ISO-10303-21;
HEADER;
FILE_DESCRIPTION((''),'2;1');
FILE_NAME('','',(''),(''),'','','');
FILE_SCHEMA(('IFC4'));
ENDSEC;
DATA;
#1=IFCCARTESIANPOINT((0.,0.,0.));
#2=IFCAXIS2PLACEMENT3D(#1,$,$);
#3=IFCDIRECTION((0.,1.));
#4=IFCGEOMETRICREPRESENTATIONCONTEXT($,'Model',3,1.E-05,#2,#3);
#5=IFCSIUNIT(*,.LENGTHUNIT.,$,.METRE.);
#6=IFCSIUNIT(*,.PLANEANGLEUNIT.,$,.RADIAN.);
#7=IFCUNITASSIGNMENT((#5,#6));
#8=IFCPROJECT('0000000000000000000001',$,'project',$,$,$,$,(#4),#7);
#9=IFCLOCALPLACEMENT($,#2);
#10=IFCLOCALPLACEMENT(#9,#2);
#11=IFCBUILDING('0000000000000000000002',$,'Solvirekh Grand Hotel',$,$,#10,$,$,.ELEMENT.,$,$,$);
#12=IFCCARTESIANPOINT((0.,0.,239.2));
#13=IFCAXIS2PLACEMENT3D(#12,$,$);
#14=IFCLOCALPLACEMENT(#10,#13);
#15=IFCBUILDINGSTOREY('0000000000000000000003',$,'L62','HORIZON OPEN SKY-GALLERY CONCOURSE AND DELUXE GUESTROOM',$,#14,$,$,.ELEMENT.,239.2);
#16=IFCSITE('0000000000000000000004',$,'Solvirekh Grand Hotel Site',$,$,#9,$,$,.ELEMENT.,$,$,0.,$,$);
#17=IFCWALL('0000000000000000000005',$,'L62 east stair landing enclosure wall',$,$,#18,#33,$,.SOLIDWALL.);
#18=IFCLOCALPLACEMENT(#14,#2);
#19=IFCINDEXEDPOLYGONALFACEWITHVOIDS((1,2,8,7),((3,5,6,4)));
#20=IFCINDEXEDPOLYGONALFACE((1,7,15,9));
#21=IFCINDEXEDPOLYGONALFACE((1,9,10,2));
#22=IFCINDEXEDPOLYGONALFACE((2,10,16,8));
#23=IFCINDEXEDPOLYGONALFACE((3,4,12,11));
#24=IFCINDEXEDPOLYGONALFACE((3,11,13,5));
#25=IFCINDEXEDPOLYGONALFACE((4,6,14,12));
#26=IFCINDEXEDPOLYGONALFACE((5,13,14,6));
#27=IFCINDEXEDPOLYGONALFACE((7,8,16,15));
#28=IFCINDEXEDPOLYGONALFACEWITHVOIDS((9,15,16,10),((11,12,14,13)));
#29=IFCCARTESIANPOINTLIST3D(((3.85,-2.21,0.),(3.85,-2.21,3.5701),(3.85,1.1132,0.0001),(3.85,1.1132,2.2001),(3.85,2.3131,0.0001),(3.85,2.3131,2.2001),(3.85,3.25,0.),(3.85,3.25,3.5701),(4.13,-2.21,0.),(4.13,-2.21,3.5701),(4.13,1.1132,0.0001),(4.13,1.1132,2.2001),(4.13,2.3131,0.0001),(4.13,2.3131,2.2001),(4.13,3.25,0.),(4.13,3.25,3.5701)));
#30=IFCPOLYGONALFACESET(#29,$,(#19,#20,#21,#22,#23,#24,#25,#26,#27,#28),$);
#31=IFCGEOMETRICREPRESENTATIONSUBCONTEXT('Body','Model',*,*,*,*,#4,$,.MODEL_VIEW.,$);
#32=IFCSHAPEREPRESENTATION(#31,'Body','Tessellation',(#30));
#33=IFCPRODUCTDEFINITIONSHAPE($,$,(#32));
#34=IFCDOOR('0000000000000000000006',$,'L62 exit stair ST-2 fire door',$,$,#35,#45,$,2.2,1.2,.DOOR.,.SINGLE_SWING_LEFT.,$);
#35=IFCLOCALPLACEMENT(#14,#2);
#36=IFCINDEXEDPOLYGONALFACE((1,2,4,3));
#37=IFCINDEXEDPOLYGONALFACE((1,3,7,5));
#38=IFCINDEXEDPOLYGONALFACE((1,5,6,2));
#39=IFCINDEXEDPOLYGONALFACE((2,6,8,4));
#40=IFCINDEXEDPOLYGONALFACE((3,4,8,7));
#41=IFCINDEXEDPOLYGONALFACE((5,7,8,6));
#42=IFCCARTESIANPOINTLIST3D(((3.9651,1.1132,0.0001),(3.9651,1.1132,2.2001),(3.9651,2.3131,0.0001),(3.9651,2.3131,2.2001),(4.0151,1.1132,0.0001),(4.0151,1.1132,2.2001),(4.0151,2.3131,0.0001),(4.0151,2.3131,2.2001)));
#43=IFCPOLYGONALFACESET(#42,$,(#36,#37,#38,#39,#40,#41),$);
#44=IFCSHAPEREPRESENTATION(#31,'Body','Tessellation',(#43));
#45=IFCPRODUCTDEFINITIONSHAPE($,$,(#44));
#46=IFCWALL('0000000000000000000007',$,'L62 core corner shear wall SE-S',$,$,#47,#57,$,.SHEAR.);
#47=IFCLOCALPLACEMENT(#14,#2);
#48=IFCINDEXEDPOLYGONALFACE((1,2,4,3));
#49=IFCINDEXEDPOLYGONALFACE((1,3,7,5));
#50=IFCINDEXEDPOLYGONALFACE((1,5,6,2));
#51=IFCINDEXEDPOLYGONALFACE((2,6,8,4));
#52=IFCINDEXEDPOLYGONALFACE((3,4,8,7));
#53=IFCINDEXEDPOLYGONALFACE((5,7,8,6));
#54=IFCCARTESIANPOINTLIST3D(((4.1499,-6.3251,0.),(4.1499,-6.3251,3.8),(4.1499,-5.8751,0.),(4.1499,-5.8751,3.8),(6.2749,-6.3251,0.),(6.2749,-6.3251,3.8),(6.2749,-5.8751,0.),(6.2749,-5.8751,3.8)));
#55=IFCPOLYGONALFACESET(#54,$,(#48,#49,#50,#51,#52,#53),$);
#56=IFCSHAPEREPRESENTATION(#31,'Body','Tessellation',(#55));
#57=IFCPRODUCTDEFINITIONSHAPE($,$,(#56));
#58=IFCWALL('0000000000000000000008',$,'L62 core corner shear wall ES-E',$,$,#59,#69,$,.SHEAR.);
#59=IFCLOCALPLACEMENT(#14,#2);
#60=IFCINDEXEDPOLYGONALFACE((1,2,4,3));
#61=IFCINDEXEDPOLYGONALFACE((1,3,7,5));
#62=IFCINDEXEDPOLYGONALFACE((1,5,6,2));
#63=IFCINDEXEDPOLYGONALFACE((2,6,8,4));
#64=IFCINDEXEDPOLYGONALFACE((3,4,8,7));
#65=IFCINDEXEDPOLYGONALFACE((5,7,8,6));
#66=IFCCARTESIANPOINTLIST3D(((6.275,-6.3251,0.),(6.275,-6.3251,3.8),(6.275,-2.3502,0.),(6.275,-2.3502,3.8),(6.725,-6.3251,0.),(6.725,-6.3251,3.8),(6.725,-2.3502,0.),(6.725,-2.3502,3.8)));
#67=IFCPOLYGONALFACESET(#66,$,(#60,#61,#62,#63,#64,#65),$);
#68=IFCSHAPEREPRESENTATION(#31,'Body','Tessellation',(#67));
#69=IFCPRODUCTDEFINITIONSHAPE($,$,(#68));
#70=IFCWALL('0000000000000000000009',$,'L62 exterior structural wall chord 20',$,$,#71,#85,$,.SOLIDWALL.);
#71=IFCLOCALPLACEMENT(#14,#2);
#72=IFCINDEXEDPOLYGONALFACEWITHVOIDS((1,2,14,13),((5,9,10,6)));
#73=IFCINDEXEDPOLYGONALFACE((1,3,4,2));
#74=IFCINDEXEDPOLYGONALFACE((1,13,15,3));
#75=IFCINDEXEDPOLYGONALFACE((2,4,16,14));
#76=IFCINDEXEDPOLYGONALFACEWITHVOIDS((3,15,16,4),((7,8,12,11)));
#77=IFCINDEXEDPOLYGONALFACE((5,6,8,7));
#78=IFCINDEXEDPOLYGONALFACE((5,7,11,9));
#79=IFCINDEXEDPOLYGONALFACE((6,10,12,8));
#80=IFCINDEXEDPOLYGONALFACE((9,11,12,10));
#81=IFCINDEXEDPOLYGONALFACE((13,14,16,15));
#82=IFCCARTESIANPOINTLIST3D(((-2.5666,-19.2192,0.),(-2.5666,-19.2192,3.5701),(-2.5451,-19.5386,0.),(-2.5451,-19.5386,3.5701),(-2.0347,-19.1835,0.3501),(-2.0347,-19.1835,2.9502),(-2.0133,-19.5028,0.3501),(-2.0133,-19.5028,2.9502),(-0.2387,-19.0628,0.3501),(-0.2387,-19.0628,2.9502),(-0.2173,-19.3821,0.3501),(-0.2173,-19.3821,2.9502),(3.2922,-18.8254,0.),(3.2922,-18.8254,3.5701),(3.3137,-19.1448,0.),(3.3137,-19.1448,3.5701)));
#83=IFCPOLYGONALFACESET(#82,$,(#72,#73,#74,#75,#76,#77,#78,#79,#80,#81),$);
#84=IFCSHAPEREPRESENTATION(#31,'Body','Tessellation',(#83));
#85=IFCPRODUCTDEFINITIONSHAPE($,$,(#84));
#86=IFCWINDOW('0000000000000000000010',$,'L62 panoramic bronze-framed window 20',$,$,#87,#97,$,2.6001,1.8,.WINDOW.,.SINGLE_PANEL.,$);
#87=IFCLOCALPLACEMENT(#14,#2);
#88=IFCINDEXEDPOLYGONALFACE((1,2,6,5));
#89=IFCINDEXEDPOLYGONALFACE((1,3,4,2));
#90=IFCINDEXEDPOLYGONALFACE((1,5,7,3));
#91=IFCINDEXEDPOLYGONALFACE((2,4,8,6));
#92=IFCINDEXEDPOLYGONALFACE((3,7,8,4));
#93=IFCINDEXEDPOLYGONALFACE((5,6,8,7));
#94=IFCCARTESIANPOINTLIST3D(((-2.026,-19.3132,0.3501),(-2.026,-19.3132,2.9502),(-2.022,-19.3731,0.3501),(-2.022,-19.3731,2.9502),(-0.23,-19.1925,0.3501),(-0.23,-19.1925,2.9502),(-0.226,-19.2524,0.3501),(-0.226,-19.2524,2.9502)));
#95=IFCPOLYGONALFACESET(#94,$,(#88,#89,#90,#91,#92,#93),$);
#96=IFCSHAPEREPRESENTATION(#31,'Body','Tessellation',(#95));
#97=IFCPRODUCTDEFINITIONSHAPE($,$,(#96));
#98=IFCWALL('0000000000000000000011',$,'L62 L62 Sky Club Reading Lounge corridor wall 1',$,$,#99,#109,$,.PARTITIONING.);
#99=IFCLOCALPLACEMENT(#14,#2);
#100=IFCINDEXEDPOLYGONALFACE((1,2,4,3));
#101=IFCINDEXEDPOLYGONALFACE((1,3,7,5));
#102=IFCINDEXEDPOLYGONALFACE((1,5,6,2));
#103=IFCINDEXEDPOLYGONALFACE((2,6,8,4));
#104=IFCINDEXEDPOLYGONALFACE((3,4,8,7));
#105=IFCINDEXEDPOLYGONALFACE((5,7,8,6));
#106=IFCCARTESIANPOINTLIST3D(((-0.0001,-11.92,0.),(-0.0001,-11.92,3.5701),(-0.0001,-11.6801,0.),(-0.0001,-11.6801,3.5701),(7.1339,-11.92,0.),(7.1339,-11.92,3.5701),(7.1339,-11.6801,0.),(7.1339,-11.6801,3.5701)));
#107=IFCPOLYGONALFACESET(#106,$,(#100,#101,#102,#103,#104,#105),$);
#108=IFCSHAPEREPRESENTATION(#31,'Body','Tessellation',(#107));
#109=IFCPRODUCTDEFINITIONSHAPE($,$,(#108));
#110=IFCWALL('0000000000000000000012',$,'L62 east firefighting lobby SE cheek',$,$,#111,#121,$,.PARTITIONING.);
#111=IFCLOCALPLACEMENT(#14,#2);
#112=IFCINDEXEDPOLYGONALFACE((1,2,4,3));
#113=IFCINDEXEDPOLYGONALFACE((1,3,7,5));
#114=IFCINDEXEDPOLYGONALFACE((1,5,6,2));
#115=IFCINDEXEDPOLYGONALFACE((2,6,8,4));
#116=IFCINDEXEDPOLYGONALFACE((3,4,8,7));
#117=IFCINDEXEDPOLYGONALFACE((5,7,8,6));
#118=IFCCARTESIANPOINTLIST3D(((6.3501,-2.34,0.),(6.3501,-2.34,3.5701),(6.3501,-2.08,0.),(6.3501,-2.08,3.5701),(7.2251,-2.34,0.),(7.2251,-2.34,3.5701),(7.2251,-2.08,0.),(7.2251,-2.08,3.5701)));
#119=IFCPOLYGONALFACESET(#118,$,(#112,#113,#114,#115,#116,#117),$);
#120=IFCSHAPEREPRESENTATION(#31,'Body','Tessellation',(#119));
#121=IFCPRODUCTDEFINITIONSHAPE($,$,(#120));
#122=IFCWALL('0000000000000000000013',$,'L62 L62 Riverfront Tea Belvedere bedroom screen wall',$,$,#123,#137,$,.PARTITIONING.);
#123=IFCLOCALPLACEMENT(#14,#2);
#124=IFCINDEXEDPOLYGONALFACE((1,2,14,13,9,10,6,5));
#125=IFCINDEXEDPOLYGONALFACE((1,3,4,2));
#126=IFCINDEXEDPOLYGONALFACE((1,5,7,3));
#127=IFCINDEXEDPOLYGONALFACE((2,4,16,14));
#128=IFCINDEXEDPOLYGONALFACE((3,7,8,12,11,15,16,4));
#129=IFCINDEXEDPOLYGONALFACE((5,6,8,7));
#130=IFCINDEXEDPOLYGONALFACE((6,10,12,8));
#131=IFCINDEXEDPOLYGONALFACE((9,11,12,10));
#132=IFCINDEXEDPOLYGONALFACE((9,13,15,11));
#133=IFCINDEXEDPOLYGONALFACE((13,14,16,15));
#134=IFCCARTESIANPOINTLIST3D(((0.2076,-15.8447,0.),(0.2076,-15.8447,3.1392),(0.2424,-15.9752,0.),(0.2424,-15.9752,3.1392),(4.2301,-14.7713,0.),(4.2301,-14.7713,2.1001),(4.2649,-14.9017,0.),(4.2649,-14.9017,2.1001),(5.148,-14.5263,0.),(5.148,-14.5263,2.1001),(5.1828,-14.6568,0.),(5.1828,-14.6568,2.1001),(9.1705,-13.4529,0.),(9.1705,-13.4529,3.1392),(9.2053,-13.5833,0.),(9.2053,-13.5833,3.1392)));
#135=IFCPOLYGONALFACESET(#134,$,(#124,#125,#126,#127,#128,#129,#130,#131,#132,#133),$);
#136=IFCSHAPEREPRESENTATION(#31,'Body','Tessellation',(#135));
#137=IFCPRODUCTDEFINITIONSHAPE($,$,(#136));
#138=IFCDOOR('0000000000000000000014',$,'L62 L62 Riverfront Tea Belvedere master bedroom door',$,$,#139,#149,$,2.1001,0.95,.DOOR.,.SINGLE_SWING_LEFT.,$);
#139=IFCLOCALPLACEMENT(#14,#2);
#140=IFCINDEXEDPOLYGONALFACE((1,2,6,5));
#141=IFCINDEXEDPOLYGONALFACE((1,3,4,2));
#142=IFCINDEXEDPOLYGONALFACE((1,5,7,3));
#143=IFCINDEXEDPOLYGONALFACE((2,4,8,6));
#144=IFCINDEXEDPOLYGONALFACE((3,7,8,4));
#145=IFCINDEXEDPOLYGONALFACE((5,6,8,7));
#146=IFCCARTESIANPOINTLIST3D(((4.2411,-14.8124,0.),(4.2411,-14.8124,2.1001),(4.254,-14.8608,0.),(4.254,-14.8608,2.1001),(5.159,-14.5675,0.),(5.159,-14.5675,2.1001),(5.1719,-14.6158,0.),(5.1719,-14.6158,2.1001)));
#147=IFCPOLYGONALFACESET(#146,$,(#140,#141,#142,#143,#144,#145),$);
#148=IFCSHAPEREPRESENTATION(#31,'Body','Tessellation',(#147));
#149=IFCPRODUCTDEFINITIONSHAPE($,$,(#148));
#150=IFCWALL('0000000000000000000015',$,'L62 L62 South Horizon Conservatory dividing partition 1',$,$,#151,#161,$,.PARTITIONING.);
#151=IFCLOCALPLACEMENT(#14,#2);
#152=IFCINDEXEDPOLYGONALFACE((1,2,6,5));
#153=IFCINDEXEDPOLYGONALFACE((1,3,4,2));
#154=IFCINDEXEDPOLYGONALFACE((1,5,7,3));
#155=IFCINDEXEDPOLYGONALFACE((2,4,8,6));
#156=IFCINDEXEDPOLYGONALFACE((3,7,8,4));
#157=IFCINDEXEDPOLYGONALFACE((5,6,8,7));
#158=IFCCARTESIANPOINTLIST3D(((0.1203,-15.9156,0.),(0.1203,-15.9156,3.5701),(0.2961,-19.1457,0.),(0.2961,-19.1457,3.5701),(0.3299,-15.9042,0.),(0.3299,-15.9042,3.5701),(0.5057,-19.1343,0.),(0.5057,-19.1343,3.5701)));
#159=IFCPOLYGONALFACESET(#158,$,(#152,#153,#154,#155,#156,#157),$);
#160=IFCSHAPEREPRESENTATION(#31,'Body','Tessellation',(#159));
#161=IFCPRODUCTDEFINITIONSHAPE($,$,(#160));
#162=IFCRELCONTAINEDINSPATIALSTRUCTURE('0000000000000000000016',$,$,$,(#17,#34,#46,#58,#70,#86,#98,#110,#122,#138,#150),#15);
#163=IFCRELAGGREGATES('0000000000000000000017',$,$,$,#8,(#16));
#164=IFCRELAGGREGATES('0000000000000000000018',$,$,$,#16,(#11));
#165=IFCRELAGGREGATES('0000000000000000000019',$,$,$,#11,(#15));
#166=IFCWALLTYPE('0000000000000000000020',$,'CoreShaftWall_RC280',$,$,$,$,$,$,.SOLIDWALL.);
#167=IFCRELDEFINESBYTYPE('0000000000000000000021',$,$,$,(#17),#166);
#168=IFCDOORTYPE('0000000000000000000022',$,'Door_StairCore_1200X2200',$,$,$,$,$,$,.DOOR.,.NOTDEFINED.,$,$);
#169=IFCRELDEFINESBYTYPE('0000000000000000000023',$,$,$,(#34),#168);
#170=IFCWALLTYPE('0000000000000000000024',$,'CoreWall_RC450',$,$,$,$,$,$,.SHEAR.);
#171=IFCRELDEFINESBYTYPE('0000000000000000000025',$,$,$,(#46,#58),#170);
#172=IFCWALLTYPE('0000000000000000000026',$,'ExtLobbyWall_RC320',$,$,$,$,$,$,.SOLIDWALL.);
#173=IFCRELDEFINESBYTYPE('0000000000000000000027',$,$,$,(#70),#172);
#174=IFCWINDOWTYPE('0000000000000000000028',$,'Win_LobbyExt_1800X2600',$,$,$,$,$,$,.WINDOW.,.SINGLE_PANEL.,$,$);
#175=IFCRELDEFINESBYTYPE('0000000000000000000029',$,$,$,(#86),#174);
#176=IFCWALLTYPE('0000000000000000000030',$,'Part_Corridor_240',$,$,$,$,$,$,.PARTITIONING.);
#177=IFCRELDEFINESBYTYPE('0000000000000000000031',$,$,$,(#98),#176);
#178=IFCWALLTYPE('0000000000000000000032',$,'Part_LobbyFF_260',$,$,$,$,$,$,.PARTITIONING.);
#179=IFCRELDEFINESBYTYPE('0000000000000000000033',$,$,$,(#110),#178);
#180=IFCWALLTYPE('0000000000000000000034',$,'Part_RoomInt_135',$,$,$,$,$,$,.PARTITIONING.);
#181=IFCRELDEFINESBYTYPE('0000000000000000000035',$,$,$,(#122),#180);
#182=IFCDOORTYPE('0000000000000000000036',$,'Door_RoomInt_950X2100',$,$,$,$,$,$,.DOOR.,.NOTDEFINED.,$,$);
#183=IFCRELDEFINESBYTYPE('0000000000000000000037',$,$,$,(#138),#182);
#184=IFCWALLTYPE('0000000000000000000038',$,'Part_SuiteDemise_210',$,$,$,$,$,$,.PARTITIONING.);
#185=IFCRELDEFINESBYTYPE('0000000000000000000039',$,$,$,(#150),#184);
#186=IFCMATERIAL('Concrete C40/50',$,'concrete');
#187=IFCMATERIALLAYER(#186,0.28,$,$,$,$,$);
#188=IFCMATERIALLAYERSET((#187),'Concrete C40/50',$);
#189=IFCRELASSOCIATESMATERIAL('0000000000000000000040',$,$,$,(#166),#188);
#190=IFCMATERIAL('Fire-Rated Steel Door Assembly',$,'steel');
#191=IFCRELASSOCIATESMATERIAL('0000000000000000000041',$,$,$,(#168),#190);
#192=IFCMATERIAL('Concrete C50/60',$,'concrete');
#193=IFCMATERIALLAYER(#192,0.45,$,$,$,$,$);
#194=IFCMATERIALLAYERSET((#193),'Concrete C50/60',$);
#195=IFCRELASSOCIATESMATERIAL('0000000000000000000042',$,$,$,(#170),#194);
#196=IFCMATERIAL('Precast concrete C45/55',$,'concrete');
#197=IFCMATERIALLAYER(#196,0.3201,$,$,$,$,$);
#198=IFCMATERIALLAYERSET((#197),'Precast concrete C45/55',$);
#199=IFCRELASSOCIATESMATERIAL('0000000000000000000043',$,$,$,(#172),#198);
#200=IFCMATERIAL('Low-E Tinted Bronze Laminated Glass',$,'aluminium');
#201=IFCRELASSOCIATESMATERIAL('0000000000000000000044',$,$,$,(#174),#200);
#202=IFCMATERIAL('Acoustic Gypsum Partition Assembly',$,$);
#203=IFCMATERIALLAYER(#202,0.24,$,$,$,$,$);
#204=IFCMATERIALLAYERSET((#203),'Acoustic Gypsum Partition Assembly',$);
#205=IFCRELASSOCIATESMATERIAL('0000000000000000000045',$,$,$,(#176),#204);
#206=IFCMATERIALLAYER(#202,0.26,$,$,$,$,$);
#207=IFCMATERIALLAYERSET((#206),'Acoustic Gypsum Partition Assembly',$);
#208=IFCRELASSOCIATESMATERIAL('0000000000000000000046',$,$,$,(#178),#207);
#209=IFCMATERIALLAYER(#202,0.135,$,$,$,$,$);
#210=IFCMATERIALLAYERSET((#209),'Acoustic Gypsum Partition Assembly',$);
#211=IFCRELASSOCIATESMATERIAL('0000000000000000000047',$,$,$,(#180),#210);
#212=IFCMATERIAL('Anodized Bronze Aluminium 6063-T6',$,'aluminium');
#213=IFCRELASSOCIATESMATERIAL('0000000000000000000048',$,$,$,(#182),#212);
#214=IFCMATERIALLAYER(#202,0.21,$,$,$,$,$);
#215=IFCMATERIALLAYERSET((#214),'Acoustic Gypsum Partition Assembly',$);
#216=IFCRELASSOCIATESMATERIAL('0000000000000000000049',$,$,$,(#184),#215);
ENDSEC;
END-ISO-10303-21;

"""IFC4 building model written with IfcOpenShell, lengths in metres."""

from ifc_helpers import new_model, si_unit, direction, frame, frame_2d, origin, place, context, subcontext, project, spatial, rectangle, extrude, material, layer, layer_set, type_object, element, fill, save


model = new_model("IFC4")

# Units and contexts
model_context = context("Model", 3, precision=1e-05, world=origin(), true_north=direction((0.0, 1.0)))
body_context = subcontext(model_context, "Body", "Model", "MODEL_VIEW")
ifc_project = project(units=[si_unit("LENGTHUNIT", "METRE"), si_unit("PLANEANGLEUNIT", "RADIAN")], contexts=[model_context])

# Site, building, storey
site_placement = place(None, origin())
site = spatial("IfcSite", under=ifc_project, at=site_placement, Name="Solvirekh Grand Hotel Site", CompositionType="ELEMENT", RefElevation=0.0)
building_placement = place(site_placement, origin())
building = spatial("IfcBuilding", under=site, at=building_placement, Name="Solvirekh Grand Hotel", CompositionType="ELEMENT")
storey_placement = place(building_placement, frame((0.0, 0.0, 239.2)))
storey = spatial("IfcBuildingStorey", under=building, at=storey_placement, Name="L62", Description="HORIZON OPEN SKY-GALLERY CONCOURSE AND DELUXE GUESTROOM", CompositionType="ELEMENT", Elevation=239.2)

# Shared definitions
ifc_material_1 = material(Name="Concrete C50/60", Category="concrete")

# Shared definitions
ifc_material_2 = material(Name="Anodized Bronze Aluminium 6063-T6", Category="aluminium")

# Shared definitions
ifc_material_3 = material(Name="Concrete C40/50", Category="concrete")

# Shared definitions
ifc_material_4 = material(Name="Low-E Tinted Bronze Laminated Glass", Category="aluminium")

# Shared definitions
ifc_layer_1 = layer(ifc_material_3, 0.28)
ifc_layer_set_1 = layer_set([ifc_layer_1], Name="Concrete C40/50")
wall_type_1 = type_object("IfcWallType", Name="CoreShaftWall_RC280", PredefinedType="SOLIDWALL", material=ifc_layer_set_1)

# Shared definitions
ifc_material_5 = material(Name="Fire-Rated Steel Door Assembly", Category="steel")

# Wall, opening, door
wall_1_placement = place(storey_placement, frame((3.99, -2.21, 0.0), z_axis=(0.0, 0.0, 1.0), x_axis=(0.0, 1.0, 0.0)))
wall_1 = element("IfcWall", 1, at=wall_1_placement, inside=storey, type_object=wall_type_1, Name="L62 east stair landing enclosure wall", PredefinedType="SOLIDWALL", context=body_context, shape_type="SweptSolid", body=[
    extrude(rectangle(XDim=5.46, YDim=0.28, at=frame_2d((2.73, 0.0))), origin(), (0.0, 0.0, 1.0), 3.5701),
])
opening_1_placement = place(wall_1_placement, frame((3.323, 0.0, 0.0)))
opening_1 = element("IfcOpeningElement", 2, at=opening_1_placement, cuts=wall_1, PredefinedType="OPENING", context=body_context, shape_type="SweptSolid", body=[
    extrude(rectangle(XDim=1.2, YDim=2.2, at=frame_2d((0.6001, 1.1001))), frame((0.0, 0.1499, 0.0), z_axis=(0.0, -1.0, 0.0), x_axis=(1.0, 0.0, 0.0)), (0.0, 0.0, 1.0), 0.3),
])
door_type_1 = type_object("IfcDoorType", Name="Door_StairCore_1200X2200", OperationType="NOTDEFINED", PredefinedType="DOOR", material=ifc_material_5)
door_1_placement = place(opening_1_placement, origin())
door_1 = element("IfcDoor", 3, at=door_1_placement, inside=storey, type_object=door_type_1, Name="L62 exit stair ST-2 fire door", OperationType="SINGLE_SWING_LEFT", OverallHeight=2.2, OverallWidth=1.2, PredefinedType="DOOR", context=body_context, shape_type="SweptSolid", body=[
    extrude(rectangle(XDim=1.2, YDim=2.2, at=frame_2d((0.6001, 1.1001))), frame((0.0, 0.0249, 0.0), z_axis=(0.0, -1.0, 0.0), x_axis=(1.0, 0.0, 0.0)), (0.0, 0.0, 1.0), 0.05),
])
fill(opening_1, door_1)

# Walls
ifc_layer_2 = layer(ifc_material_1, 0.45)
ifc_layer_set_2 = layer_set([ifc_layer_2], Name="Concrete C50/60")
wall_type_2 = type_object("IfcWallType", Name="CoreWall_RC450", PredefinedType="SHEAR", material=ifc_layer_set_2)
wall_2_placement = place(storey_placement, frame((4.1499, -6.1001, 0.0), z_axis=(0.0, 0.0, 1.0), x_axis=(1.0, 0.0, 0.0)))
element("IfcWall", 4, at=wall_2_placement, inside=storey, type_object=wall_type_2, Name="L62 core corner shear wall SE-S", PredefinedType="SHEAR", context=body_context, shape_type="SweptSolid", body=[
    extrude(rectangle(XDim=2.125, YDim=0.45, at=frame_2d((1.0625, 0.0))), origin(), (0.0, 0.0, 1.0), 3.8),
])
wall_3_placement = place(storey_placement, frame((6.5, -6.325, 0.0), z_axis=(0.0, 0.0, 1.0), x_axis=(0.0, 1.0, 0.0)))
element("IfcWall", 5, at=wall_3_placement, inside=storey, type_object=wall_type_2, Name="L62 core corner shear wall ES-E", PredefinedType="SHEAR", context=body_context, shape_type="SweptSolid", body=[
    extrude(rectangle(XDim=3.9749, YDim=0.45, at=frame_2d((1.9873, 0.0))), origin(), (0.0, 0.0, 1.0), 3.8),
])

# Wall, opening, window
ifc_material_6 = material(Name="Precast concrete C45/55", Category="concrete")
ifc_layer_3 = layer(ifc_material_6, 0.3201)
ifc_layer_set_3 = layer_set([ifc_layer_3], Name="Precast concrete C45/55")
wall_type_3 = type_object("IfcWallType", Name="ExtLobbyWall_RC320", PredefinedType="SOLIDWALL", material=ifc_layer_set_3)
wall_4_placement = place(storey_placement, frame((3.303, -18.9851, 0.0), z_axis=(0.0, 0.0, 1.0), x_axis=(-0.997749, -0.067063, 0.0)))
wall_4 = element("IfcWall", 6, at=wall_4_placement, inside=storey, type_object=wall_type_3, Name="L62 exterior structural wall chord 20", PredefinedType="SOLIDWALL", context=body_context, shape_type="SweptSolid", body=[
    extrude(rectangle(XDim=5.8721, YDim=0.3201, at=frame_2d((2.936, 0.0))), origin(), (0.0, 0.0, 1.0), 3.5701),
])
opening_2_placement = place(wall_4_placement, frame((3.5391, 0.0, 0.3501)))
opening_2 = element("IfcOpeningElement", 7, at=opening_2_placement, cuts=wall_4, PredefinedType="OPENING", context=body_context, shape_type="SweptSolid", body=[
    extrude(rectangle(XDim=1.8, YDim=2.6001, at=frame_2d((0.8999, 1.3))), frame((0.0, 0.1699, 0.0), z_axis=(0.0, -1.0, 0.0), x_axis=(1.0, 0.0, 0.0)), (0.0, 0.0, 1.0), 0.3401),
])
window_type = type_object("IfcWindowType", Name="Win_LobbyExt_1800X2600", PartitioningType="SINGLE_PANEL", PredefinedType="WINDOW", material=ifc_material_4)
window_placement = place(opening_2_placement, origin())
window = element("IfcWindow", 8, at=window_placement, inside=storey, type_object=window_type, Name="L62 panoramic bronze-framed window 20", OverallHeight=2.6001, OverallWidth=1.8, PartitioningType="SINGLE_PANEL", PredefinedType="WINDOW", context=body_context, shape_type="SweptSolid", body=[
    extrude(rectangle(XDim=1.8, YDim=2.6001, at=frame_2d((0.8999, 1.3))), frame((0.0, 0.03, 0.0), z_axis=(0.0, -1.0, 0.0), x_axis=(1.0, 0.0, 0.0)), (0.0, 0.0, 1.0), 0.0601),
])
fill(opening_2, window)

# Walls
ifc_material_7 = material(Name="Acoustic Gypsum Partition Assembly")
ifc_layer_4 = layer(ifc_material_7, 0.24)
ifc_layer_set_4 = layer_set([ifc_layer_4], Name="Acoustic Gypsum Partition Assembly")
wall_type_4 = type_object("IfcWallType", Name="Part_Corridor_240", PredefinedType="PARTITIONING", material=ifc_layer_set_4)
wall_5_placement = place(storey_placement, frame((0.0, -11.8, 0.0), z_axis=(0.0, 0.0, 1.0), x_axis=(1.0, 0.0, 0.0)))
element("IfcWall", 9, at=wall_5_placement, inside=storey, type_object=wall_type_4, Name="L62 L62 Sky Club Reading Lounge corridor wall 1", PredefinedType="PARTITIONING", context=body_context, shape_type="SweptSolid", body=[
    extrude(rectangle(XDim=7.134, YDim=0.24, at=frame_2d((3.5669, 0.0))), origin(), (0.0, 0.0, 1.0), 3.5701),
])
ifc_layer_5 = layer(ifc_material_7, 0.26)
ifc_layer_set_5 = layer_set([ifc_layer_5], Name="Acoustic Gypsum Partition Assembly")
wall_type_5 = type_object("IfcWallType", Name="Part_LobbyFF_260", PredefinedType="PARTITIONING", material=ifc_layer_set_5)
wall_6_placement = place(storey_placement, frame((6.3501, -2.21, 0.0), z_axis=(0.0, 0.0, 1.0), x_axis=(1.0, 0.0, 0.0)))
element("IfcWall", 10, at=wall_6_placement, inside=storey, type_object=wall_type_5, Name="L62 east firefighting lobby SE cheek", PredefinedType="PARTITIONING", context=body_context, shape_type="SweptSolid", body=[
    extrude(rectangle(XDim=0.875, YDim=0.26, at=frame_2d((0.4375, 0.0))), origin(), (0.0, 0.0, 1.0), 3.5701),
])

# Wall, opening, door
ifc_layer_6 = layer(ifc_material_7, 0.135)
ifc_layer_set_6 = layer_set([ifc_layer_6], Name="Acoustic Gypsum Partition Assembly")
wall_type_6 = type_object("IfcWallType", Name="Part_RoomInt_135", PredefinedType="PARTITIONING", material=ifc_layer_set_6)
wall_7_placement = place(storey_placement, frame((0.2251, -15.9099, 0.0), z_axis=(0.0, 0.0, 1.0), x_axis=(0.966188, 0.257838, 0.0)))
wall_7 = element("IfcWall", 11, at=wall_7_placement, inside=storey, type_object=wall_type_6, Name="L62 L62 Riverfront Tea Belvedere bedroom screen wall", PredefinedType="PARTITIONING", context=body_context, shape_type="SweptSolid", body=[
    extrude(rectangle(XDim=9.2766, YDim=0.135, at=frame_2d((4.6382, 0.0))), origin(), (0.0, 0.0, 1.0), 3.1392),
])
opening_3_placement = place(wall_7_placement, frame((4.1631, 0.0, 0.0)))
opening_3 = element("IfcOpeningElement", 12, at=opening_3_placement, cuts=wall_7, PredefinedType="OPENING", context=body_context, shape_type="SweptSolid", body=[
    extrude(rectangle(XDim=0.95, YDim=2.1001, at=frame_2d((0.4751, 1.05))), frame((0.0, 0.0776, 0.0), z_axis=(0.0, -1.0, 0.0), x_axis=(1.0, 0.0, 0.0)), (0.0, 0.0, 1.0), 0.155),
])
door_type_2 = type_object("IfcDoorType", Name="Door_RoomInt_950X2100", OperationType="NOTDEFINED", PredefinedType="DOOR", material=ifc_material_2)
door_2_placement = place(opening_3_placement, origin())
door_2 = element("IfcDoor", 13, at=door_2_placement, inside=storey, type_object=door_type_2, Name="L62 L62 Riverfront Tea Belvedere master bedroom door", OperationType="SINGLE_SWING_LEFT", OverallHeight=2.1001, OverallWidth=0.95, PredefinedType="DOOR", context=body_context, shape_type="SweptSolid", body=[
    extrude(rectangle(XDim=0.95, YDim=2.1001, at=frame_2d((0.4751, 1.05))), frame((0.0, 0.0249, 0.0), z_axis=(0.0, -1.0, 0.0), x_axis=(1.0, 0.0, 0.0)), (0.0, 0.0, 1.0), 0.05),
])
fill(opening_3, door_2)

# Wall
ifc_layer_7 = layer(ifc_material_7, 0.21)
ifc_layer_set_7 = layer_set([ifc_layer_7], Name="Acoustic Gypsum Partition Assembly")
wall_type_7 = type_object("IfcWallType", Name="Part_SuiteDemise_210", PredefinedType="PARTITIONING", material=ifc_layer_set_7)
wall_8_placement = place(storey_placement, frame((0.2251, -15.9099, 0.0), z_axis=(0.0, 0.0, 1.0), x_axis=(0.054341, -0.998522, 0.0)))
element("IfcWall", 14, at=wall_8_placement, inside=storey, type_object=wall_type_7, Name="L62 L62 South Horizon Conservatory dividing partition 1", PredefinedType="PARTITIONING", context=body_context, shape_type="SweptSolid", body=[
    extrude(rectangle(XDim=3.2349, YDim=0.21, at=frame_2d((1.6174, 0.0))), origin(), (0.0, 0.0, 1.0), 3.5701),
])

save(model, "model.ifc")
